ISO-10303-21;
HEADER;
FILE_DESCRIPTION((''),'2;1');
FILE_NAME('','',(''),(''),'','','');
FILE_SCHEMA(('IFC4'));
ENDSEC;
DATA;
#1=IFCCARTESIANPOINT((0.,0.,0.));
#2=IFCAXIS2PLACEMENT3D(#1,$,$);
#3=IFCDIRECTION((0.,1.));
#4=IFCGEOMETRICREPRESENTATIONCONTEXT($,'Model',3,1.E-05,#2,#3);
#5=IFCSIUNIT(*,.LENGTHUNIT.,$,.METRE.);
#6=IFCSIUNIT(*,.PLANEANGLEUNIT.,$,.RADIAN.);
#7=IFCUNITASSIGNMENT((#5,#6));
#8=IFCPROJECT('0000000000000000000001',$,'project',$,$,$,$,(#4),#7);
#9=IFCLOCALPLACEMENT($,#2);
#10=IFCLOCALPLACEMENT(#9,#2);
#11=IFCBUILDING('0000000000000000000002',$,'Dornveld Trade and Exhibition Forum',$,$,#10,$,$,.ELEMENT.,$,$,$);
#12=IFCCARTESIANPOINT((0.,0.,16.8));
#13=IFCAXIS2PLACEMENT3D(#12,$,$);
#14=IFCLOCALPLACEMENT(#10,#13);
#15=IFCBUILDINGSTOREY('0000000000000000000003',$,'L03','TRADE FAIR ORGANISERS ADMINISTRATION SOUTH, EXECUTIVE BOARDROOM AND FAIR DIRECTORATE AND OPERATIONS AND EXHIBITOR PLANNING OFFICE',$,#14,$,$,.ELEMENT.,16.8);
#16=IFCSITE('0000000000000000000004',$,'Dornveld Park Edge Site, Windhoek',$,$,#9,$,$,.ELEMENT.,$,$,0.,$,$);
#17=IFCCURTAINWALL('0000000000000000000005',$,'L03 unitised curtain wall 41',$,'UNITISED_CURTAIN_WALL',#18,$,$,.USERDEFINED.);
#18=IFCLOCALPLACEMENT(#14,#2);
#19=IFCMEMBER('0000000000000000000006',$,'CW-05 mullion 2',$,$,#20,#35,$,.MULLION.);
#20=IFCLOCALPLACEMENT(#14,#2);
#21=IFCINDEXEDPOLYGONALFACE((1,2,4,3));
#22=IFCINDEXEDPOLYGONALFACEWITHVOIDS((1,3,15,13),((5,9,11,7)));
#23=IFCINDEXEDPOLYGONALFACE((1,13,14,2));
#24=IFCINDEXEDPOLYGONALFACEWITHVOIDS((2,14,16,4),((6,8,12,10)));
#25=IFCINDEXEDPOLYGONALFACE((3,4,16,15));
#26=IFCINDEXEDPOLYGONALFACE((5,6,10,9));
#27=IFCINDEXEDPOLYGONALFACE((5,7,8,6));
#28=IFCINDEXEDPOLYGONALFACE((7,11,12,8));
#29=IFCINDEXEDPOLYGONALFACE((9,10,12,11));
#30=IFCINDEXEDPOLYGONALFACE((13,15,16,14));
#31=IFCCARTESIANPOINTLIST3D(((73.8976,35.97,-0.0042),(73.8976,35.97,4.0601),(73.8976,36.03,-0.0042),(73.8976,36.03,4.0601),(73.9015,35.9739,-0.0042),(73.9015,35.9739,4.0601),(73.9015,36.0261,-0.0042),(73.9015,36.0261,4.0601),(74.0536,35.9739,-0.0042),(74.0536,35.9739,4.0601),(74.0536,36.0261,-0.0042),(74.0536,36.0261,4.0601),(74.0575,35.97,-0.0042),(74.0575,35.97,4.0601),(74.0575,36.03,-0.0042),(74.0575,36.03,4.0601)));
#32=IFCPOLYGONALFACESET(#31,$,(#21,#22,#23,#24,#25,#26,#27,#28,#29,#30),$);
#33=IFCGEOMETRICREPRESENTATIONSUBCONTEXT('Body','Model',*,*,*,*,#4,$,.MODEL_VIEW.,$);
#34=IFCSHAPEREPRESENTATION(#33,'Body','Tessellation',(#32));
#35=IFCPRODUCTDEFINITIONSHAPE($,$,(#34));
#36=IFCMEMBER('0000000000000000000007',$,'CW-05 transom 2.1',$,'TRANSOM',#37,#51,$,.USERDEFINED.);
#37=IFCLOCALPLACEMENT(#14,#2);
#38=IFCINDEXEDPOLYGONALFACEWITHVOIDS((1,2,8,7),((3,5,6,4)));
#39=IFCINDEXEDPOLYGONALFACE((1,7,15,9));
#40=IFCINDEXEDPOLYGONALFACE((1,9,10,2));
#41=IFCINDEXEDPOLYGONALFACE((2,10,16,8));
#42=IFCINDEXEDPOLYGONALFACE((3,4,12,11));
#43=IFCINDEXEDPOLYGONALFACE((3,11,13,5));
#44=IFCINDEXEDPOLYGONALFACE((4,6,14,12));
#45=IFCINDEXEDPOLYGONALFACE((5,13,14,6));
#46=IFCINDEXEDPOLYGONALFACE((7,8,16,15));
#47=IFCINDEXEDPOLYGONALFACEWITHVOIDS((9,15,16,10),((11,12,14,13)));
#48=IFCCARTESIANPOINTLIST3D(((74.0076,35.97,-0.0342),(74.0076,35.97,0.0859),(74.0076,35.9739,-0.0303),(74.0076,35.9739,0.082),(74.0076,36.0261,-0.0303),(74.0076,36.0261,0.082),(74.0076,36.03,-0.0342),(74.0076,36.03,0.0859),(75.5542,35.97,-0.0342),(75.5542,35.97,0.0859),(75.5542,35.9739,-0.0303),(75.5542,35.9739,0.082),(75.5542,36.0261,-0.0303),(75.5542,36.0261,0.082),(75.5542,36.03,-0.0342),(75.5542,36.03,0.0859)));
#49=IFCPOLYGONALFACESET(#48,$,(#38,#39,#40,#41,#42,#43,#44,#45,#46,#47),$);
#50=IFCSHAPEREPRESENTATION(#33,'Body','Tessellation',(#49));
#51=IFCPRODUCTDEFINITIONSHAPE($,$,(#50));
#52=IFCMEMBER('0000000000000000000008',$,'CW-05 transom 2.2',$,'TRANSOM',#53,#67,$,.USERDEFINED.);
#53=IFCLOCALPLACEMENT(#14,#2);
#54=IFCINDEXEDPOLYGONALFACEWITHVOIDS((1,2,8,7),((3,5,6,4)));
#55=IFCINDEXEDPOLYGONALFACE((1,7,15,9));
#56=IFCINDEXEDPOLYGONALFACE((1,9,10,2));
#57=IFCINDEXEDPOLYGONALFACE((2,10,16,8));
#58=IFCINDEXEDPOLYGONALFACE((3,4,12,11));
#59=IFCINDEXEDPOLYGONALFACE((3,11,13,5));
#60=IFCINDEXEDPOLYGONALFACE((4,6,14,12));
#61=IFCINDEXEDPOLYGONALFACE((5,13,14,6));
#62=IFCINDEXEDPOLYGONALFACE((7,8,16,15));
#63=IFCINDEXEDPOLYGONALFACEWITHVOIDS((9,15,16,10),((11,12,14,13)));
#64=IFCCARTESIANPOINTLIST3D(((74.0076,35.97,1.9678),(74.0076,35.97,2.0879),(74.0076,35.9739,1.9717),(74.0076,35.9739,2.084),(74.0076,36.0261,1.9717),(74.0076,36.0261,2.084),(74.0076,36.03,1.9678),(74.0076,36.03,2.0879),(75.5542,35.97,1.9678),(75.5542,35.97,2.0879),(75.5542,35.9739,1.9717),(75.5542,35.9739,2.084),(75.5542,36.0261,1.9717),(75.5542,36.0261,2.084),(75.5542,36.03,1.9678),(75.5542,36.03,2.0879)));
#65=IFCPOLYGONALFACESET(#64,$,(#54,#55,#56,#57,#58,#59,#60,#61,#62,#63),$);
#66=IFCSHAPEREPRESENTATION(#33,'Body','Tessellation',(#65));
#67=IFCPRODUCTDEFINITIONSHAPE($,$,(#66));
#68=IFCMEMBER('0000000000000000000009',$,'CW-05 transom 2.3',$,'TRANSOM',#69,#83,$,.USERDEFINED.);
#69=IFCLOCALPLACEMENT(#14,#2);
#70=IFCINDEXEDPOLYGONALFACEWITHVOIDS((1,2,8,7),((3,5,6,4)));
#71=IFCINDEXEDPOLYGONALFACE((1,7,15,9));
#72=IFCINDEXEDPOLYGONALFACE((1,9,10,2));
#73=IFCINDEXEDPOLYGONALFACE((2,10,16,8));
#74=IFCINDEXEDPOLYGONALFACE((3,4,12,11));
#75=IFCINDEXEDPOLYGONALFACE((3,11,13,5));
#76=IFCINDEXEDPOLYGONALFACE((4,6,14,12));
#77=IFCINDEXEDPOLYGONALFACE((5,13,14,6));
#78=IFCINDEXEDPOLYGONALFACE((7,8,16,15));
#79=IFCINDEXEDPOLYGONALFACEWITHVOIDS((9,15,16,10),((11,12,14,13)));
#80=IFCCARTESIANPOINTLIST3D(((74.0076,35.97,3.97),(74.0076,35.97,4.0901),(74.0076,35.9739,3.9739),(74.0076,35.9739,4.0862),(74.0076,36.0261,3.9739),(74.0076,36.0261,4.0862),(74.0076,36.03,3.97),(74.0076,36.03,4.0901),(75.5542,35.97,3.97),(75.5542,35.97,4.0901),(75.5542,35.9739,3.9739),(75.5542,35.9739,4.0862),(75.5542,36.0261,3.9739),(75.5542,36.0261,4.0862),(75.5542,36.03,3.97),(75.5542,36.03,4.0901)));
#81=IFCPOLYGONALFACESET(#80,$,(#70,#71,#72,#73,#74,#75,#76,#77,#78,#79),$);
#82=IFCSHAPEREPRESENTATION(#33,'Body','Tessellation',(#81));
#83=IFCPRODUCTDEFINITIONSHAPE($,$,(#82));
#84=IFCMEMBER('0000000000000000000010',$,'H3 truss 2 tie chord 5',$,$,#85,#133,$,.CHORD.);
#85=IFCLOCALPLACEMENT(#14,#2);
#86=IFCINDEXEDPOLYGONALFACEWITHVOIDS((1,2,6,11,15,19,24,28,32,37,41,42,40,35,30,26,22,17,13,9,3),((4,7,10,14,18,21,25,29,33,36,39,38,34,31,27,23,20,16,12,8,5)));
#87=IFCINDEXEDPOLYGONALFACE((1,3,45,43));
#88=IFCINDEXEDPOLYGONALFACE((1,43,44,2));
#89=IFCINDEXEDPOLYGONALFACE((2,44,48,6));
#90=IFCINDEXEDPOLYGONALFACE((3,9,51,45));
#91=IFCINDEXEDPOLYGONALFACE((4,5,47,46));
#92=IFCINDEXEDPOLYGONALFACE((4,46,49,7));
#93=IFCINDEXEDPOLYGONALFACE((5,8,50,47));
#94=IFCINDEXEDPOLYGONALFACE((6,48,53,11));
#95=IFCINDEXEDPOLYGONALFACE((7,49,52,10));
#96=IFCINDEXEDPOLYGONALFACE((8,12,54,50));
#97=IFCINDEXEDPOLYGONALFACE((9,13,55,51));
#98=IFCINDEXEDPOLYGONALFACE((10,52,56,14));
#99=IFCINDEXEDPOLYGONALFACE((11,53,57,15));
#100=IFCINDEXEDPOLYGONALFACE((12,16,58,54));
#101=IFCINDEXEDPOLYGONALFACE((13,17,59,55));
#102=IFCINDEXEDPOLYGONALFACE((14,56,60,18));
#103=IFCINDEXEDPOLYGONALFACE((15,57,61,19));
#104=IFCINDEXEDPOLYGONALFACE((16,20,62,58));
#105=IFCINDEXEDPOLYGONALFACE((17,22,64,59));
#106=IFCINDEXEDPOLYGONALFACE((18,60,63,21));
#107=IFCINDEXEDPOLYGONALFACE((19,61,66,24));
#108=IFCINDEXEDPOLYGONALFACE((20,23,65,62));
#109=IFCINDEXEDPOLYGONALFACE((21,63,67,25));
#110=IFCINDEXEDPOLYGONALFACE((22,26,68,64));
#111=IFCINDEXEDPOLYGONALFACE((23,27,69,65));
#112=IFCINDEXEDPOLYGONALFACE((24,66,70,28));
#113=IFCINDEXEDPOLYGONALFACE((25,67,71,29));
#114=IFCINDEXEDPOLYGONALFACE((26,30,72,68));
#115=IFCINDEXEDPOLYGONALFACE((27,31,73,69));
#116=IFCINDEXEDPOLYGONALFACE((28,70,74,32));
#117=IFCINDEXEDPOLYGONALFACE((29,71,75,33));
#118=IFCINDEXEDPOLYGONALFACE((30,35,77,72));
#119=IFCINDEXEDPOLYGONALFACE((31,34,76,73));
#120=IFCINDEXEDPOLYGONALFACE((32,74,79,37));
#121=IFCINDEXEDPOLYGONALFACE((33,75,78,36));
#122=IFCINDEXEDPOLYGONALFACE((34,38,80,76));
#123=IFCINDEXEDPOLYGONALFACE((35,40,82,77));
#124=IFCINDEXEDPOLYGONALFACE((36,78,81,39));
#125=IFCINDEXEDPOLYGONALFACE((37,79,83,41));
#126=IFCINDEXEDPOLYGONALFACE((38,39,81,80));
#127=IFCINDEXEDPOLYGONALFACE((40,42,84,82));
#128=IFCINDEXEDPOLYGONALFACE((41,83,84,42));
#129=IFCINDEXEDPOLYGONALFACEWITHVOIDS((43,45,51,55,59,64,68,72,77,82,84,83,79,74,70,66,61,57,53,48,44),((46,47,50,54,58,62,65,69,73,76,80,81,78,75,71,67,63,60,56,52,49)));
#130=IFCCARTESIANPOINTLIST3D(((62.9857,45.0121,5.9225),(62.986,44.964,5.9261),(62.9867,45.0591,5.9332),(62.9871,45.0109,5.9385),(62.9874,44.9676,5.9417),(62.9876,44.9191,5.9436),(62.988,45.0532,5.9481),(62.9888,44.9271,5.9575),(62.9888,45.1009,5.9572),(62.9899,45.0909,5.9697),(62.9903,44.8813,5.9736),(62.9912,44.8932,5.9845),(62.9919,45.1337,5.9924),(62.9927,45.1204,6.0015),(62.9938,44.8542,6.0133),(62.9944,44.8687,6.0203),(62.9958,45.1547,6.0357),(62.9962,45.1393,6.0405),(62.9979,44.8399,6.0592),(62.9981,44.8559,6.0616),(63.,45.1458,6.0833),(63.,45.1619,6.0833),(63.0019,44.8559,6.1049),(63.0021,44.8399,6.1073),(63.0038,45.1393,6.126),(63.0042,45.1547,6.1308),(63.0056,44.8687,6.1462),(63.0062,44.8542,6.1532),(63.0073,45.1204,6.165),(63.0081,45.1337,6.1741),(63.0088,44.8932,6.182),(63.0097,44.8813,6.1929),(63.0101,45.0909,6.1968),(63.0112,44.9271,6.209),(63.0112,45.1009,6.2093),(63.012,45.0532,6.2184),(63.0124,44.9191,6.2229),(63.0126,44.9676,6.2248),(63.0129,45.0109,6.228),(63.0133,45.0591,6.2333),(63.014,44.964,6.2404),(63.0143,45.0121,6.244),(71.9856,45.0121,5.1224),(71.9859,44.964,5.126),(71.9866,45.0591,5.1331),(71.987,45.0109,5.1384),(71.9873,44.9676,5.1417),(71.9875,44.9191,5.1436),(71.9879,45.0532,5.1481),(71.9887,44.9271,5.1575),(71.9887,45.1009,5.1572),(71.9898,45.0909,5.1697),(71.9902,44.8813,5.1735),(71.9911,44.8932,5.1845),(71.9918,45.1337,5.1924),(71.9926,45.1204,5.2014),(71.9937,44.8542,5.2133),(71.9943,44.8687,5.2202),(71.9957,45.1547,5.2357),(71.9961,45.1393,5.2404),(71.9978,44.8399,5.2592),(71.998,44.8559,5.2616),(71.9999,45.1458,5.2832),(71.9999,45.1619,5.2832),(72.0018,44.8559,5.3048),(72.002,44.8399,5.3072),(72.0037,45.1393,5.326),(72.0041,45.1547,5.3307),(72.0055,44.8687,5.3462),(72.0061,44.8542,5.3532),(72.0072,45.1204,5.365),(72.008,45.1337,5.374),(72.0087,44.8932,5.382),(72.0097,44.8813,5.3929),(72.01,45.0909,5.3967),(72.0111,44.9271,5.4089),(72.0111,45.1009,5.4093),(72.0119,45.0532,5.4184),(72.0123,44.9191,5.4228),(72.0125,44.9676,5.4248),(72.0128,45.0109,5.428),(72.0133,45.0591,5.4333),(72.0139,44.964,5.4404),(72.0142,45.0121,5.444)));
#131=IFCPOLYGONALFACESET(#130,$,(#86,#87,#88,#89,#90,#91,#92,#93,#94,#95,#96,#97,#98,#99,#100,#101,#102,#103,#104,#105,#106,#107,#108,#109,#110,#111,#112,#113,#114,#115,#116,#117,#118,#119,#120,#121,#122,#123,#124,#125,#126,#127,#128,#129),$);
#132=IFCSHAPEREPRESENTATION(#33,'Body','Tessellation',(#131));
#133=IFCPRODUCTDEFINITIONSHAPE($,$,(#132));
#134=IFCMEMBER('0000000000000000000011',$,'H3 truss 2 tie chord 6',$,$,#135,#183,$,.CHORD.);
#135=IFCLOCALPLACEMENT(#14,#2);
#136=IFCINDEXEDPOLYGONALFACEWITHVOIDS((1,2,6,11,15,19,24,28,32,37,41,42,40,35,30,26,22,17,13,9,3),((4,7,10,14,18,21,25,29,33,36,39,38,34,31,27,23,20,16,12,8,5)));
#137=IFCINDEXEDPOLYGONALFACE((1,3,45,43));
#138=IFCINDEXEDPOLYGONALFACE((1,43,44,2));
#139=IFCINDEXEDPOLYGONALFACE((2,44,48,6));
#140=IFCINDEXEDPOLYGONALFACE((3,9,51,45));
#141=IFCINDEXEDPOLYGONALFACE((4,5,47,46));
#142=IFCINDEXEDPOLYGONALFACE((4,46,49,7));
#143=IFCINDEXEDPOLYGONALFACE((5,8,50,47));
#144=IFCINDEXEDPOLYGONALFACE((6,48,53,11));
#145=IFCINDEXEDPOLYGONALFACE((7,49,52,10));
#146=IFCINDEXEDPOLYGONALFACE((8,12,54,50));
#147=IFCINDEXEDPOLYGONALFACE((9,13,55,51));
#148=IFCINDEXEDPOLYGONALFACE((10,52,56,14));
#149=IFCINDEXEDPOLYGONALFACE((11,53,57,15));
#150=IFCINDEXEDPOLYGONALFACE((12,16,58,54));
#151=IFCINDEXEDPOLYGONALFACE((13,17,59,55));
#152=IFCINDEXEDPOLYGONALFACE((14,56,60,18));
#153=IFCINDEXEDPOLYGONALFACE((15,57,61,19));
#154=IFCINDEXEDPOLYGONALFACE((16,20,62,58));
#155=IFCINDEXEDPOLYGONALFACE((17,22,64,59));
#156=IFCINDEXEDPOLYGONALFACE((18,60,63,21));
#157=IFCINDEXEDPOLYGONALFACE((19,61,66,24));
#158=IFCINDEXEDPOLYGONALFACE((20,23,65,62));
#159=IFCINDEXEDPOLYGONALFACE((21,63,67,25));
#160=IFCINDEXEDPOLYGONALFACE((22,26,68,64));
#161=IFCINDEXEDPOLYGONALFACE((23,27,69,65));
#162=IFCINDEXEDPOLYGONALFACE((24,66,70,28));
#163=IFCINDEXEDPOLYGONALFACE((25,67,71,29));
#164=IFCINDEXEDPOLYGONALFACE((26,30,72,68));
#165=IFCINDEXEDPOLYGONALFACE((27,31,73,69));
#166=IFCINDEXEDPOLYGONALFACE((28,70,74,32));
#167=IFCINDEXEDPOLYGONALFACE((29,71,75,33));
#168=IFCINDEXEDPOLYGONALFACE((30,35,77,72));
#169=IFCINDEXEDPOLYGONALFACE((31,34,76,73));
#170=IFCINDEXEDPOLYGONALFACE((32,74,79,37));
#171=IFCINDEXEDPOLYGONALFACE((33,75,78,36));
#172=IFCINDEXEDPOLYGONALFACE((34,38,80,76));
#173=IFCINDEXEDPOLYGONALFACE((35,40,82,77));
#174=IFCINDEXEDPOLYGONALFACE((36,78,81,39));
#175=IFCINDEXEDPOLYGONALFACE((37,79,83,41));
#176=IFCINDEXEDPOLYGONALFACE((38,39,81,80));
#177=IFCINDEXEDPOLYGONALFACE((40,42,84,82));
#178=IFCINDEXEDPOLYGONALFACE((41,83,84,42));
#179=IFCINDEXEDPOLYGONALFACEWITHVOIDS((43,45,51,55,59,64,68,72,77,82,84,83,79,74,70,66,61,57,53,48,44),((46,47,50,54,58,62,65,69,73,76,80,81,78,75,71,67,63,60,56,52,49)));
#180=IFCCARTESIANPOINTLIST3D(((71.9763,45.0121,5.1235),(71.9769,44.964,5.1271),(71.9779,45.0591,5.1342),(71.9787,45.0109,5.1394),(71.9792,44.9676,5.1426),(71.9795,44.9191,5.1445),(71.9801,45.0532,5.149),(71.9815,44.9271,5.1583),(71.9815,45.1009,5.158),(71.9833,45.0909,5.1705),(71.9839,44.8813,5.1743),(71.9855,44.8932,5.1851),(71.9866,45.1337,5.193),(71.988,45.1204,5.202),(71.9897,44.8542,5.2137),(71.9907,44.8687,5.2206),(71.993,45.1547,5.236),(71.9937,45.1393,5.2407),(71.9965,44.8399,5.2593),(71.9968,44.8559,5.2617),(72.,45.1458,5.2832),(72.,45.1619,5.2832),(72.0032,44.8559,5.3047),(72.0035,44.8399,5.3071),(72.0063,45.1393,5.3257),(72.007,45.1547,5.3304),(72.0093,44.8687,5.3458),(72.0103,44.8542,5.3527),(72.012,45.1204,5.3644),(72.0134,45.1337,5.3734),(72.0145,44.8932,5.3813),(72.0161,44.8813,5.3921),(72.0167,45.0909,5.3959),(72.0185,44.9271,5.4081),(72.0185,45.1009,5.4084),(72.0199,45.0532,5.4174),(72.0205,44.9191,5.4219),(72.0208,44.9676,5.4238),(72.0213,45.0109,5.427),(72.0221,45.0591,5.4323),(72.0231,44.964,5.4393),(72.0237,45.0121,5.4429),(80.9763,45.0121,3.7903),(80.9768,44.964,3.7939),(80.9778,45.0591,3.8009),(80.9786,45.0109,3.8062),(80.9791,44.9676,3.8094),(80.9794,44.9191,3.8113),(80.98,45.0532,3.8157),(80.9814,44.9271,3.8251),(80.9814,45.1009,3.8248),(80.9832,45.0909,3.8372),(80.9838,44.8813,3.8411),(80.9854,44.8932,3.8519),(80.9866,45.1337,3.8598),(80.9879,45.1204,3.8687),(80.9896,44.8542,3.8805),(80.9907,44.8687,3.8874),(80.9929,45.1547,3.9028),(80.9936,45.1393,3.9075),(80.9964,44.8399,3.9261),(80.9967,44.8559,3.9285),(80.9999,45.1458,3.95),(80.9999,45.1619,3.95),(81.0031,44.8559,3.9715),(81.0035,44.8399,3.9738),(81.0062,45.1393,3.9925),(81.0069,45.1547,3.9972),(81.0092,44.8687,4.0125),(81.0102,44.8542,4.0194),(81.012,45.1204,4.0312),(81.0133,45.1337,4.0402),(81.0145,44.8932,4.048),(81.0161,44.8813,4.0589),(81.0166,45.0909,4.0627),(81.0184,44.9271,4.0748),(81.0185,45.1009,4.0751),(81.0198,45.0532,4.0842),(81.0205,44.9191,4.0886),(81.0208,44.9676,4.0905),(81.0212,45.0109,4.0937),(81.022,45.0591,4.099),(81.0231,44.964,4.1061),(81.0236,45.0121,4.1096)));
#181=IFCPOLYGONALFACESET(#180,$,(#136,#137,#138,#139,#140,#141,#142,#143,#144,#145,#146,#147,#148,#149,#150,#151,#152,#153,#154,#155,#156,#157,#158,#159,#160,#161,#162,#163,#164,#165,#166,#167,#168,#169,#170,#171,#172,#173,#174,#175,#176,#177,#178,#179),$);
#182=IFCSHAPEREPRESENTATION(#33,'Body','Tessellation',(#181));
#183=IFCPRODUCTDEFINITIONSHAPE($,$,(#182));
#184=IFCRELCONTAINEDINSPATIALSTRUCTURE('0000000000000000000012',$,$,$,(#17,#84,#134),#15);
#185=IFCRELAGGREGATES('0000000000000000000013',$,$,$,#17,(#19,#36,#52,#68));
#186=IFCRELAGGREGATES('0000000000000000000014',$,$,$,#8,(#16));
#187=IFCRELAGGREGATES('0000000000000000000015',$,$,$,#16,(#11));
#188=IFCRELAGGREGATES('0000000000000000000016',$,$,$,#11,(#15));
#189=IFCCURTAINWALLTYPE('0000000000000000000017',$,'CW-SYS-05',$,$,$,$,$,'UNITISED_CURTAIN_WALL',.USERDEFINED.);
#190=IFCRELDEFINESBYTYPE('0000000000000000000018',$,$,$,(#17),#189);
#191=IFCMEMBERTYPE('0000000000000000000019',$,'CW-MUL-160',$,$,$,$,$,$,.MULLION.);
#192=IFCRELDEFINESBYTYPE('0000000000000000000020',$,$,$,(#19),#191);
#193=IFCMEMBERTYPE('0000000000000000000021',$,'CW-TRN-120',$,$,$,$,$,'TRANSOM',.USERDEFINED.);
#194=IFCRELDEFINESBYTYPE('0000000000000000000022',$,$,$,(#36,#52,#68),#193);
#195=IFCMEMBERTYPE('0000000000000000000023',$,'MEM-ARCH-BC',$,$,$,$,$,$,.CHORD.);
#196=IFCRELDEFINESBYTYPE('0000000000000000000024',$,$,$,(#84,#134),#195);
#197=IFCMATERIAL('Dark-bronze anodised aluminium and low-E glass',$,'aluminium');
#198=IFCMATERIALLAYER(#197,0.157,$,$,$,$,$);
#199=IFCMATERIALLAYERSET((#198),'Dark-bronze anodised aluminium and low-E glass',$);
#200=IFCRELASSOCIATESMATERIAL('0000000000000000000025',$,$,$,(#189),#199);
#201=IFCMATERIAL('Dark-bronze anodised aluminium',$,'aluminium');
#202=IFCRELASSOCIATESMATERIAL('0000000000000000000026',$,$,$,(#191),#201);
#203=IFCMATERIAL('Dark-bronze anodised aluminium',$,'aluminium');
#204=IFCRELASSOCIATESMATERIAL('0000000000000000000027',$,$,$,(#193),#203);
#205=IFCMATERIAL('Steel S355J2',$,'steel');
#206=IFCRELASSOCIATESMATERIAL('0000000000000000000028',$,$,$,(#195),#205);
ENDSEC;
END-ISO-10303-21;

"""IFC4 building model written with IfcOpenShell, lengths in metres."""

from ifc_helpers import new_model, si_unit, direction, frame, origin, origin_2d, place, context, subcontext, project, spatial, hollow_rectangle, hollow_circle, extrude, material, layer, layer_set, material_profile, profile_set, type_object, element, aggregate, save


model = new_model("IFC4")

# Units and contexts
model_context = context("Model", 3, precision=1e-05, world=origin(), true_north=direction((0.0, 1.0)))
body_context = subcontext(model_context, "Body", "Model", "MODEL_VIEW")
ifc_project = project(units=[si_unit("LENGTHUNIT", "METRE"), si_unit("PLANEANGLEUNIT", "RADIAN")], contexts=[model_context])

# Site, building, storey
site_placement = place(None, origin())
site = spatial("IfcSite", under=ifc_project, at=site_placement, Name="Dornveld Park Edge Site, Windhoek", CompositionType="ELEMENT", RefElevation=0.0)
building_placement = place(site_placement, origin())
building = spatial("IfcBuilding", under=site, at=building_placement, Name="Dornveld Trade and Exhibition Forum", CompositionType="ELEMENT")
storey_placement = place(building_placement, frame((0.0, 0.0, 16.8)))
storey = spatial("IfcBuildingStorey", under=building, at=storey_placement, Name="L03", Description="TRADE FAIR ORGANISERS ADMINISTRATION SOUTH, EXECUTIVE BOARDROOM AND FAIR DIRECTORATE AND OPERATIONS AND EXHIBITOR PLANNING OFFICE", CompositionType="ELEMENT", Elevation=16.8)

# Curtain wall, members
ifc_material_1 = material(Name="Dark-bronze anodised aluminium and low-E glass", Category="aluminium")
ifc_layer_1 = layer(ifc_material_1, 0.157)
ifc_layer_set_1 = layer_set([ifc_layer_1], Name="Dark-bronze anodised aluminium and low-E glass")
curtain_wall_type = type_object("IfcCurtainWallType", Name="CW-SYS-05", ElementType="UNITISED_CURTAIN_WALL", PredefinedType="USERDEFINED", material=ifc_layer_set_1)
curtain_wall_placement = place(storey_placement, origin())
curtain_wall = element("IfcCurtainWall", 1, at=curtain_wall_placement, inside=storey, type_object=curtain_wall_type, Name="L03 unitised curtain wall 41", ObjectType="UNITISED_CURTAIN_WALL", PredefinedType="USERDEFINED")
ifc_material_2 = material(Name="Dark-bronze anodised aluminium", Category="aluminium")
ifc_material_profile_1 = material_profile(ifc_material_2, hollow_rectangle(XDim=0.0601, YDim=0.1599, WallThickness=0.0039, at=origin_2d()), Name="RHS 160x60x4")
ifc_profile_set_1 = profile_set([ifc_material_profile_1], Name="Dark-bronze anodised aluminium")
member_type_1 = type_object("IfcMemberType", Name="CW-MUL-160", PredefinedType="MULLION", material=ifc_profile_set_1)
member_1_placement = place(storey_placement, frame((73.9775, 36.0, -0.0042), z_axis=(0.0, 0.0, 1.0), x_axis=(0.0, 1.0, 0.0)))
member_1 = element("IfcMember", 2, at=member_1_placement, type_object=member_type_1, Name="CW-05 mullion 2", PredefinedType="MULLION", context=body_context, shape_type="SweptSolid", body=[
    extrude(hollow_rectangle(XDim=0.0601, YDim=0.1599, WallThickness=0.0039, at=origin_2d()), origin(), (0.0, 0.0, 1.0), 4.0642),
])
ifc_material_3 = material(Name="Dark-bronze anodised aluminium", Category="aluminium")
ifc_material_profile_2 = material_profile(ifc_material_3, hollow_rectangle(XDim=0.0601, YDim=0.1201, WallThickness=0.0039, at=origin_2d()), Name="RHS 120x60x4")
ifc_profile_set_2 = profile_set([ifc_material_profile_2], Name="Dark-bronze anodised aluminium")
member_type_2 = type_object("IfcMemberType", Name="CW-TRN-120", ElementType="TRANSOM", PredefinedType="USERDEFINED", material=ifc_profile_set_2)
member_2_placement = place(storey_placement, frame((74.0076, 36.0, 0.0259), z_axis=(1.0, 0.0, 0.0), x_axis=(0.0, 1.0, 0.0)))
member_2 = element("IfcMember", 3, at=member_2_placement, type_object=member_type_2, Name="CW-05 transom 2.1", ObjectType="TRANSOM", PredefinedType="USERDEFINED", context=body_context, shape_type="SweptSolid", body=[
    extrude(hollow_rectangle(XDim=0.0601, YDim=0.1201, WallThickness=0.0039, at=origin_2d()), origin(), (0.0, 0.0, 1.0), 1.5466),
])
member_3_placement = place(storey_placement, frame((74.0076, 36.0, 2.0278), z_axis=(1.0, 0.0, 0.0), x_axis=(0.0, 1.0, 0.0)))
member_3 = element("IfcMember", 4, at=member_3_placement, type_object=member_type_2, Name="CW-05 transom 2.2", ObjectType="TRANSOM", PredefinedType="USERDEFINED", context=body_context, shape_type="SweptSolid", body=[
    extrude(hollow_rectangle(XDim=0.0601, YDim=0.1201, WallThickness=0.0039, at=origin_2d()), origin(), (0.0, 0.0, 1.0), 1.5466),
])
member_4_placement = place(storey_placement, frame((74.0076, 36.0, 4.03), z_axis=(1.0, 0.0, 0.0), x_axis=(0.0, 1.0, 0.0)))
member_4 = element("IfcMember", 5, at=member_4_placement, type_object=member_type_2, Name="CW-05 transom 2.3", ObjectType="TRANSOM", PredefinedType="USERDEFINED", context=body_context, shape_type="SweptSolid", body=[
    extrude(hollow_rectangle(XDim=0.0601, YDim=0.1201, WallThickness=0.0039, at=origin_2d()), origin(), (0.0, 0.0, 1.0), 1.5466),
])

# Members
ifc_material_4 = material(Name="Steel S355J2", Category="steel")
ifc_material_profile_3 = material_profile(ifc_material_4, hollow_circle(Radius=0.1619, WallThickness=0.0161, at=origin_2d()), Name="CHS 323.9x16")
ifc_profile_set_3 = profile_set([ifc_material_profile_3], Name="Steel S355J2")
member_type_3 = type_object("IfcMemberType", Name="MEM-ARCH-BC", PredefinedType="CHORD", material=ifc_profile_set_3)
member_5_placement = place(storey_placement, frame((63.0, 45.0, 6.0833), z_axis=(0.996072, 0.0, -0.088545), x_axis=(0.0, 1.0, 0.0)))
element("IfcMember", 6, at=member_5_placement, inside=storey, type_object=member_type_3, Name="H3 truss 2 tie chord 5", PredefinedType="CHORD", context=body_context, shape_type="SweptSolid", body=[
    extrude(hollow_circle(Radius=0.1619, WallThickness=0.0161, at=origin_2d()), origin(), (0.0, 0.0, 1.0), 9.0354),
])
member_6_placement = place(storey_placement, frame((72.0, 45.0, 5.2832), z_axis=(0.989205, 0.0, -0.14654), x_axis=(0.0, 1.0, 0.0)))
element("IfcMember", 7, at=member_6_placement, inside=storey, type_object=member_type_3, Name="H3 truss 2 tie chord 6", PredefinedType="CHORD", context=body_context, shape_type="SweptSolid", body=[
    extrude(hollow_circle(Radius=0.1619, WallThickness=0.0161, at=origin_2d()), origin(), (0.0, 0.0, 1.0), 9.0981),
])

aggregate(curtain_wall, [member_1, member_2, member_3, member_4])

save(model, "model.ifc")
